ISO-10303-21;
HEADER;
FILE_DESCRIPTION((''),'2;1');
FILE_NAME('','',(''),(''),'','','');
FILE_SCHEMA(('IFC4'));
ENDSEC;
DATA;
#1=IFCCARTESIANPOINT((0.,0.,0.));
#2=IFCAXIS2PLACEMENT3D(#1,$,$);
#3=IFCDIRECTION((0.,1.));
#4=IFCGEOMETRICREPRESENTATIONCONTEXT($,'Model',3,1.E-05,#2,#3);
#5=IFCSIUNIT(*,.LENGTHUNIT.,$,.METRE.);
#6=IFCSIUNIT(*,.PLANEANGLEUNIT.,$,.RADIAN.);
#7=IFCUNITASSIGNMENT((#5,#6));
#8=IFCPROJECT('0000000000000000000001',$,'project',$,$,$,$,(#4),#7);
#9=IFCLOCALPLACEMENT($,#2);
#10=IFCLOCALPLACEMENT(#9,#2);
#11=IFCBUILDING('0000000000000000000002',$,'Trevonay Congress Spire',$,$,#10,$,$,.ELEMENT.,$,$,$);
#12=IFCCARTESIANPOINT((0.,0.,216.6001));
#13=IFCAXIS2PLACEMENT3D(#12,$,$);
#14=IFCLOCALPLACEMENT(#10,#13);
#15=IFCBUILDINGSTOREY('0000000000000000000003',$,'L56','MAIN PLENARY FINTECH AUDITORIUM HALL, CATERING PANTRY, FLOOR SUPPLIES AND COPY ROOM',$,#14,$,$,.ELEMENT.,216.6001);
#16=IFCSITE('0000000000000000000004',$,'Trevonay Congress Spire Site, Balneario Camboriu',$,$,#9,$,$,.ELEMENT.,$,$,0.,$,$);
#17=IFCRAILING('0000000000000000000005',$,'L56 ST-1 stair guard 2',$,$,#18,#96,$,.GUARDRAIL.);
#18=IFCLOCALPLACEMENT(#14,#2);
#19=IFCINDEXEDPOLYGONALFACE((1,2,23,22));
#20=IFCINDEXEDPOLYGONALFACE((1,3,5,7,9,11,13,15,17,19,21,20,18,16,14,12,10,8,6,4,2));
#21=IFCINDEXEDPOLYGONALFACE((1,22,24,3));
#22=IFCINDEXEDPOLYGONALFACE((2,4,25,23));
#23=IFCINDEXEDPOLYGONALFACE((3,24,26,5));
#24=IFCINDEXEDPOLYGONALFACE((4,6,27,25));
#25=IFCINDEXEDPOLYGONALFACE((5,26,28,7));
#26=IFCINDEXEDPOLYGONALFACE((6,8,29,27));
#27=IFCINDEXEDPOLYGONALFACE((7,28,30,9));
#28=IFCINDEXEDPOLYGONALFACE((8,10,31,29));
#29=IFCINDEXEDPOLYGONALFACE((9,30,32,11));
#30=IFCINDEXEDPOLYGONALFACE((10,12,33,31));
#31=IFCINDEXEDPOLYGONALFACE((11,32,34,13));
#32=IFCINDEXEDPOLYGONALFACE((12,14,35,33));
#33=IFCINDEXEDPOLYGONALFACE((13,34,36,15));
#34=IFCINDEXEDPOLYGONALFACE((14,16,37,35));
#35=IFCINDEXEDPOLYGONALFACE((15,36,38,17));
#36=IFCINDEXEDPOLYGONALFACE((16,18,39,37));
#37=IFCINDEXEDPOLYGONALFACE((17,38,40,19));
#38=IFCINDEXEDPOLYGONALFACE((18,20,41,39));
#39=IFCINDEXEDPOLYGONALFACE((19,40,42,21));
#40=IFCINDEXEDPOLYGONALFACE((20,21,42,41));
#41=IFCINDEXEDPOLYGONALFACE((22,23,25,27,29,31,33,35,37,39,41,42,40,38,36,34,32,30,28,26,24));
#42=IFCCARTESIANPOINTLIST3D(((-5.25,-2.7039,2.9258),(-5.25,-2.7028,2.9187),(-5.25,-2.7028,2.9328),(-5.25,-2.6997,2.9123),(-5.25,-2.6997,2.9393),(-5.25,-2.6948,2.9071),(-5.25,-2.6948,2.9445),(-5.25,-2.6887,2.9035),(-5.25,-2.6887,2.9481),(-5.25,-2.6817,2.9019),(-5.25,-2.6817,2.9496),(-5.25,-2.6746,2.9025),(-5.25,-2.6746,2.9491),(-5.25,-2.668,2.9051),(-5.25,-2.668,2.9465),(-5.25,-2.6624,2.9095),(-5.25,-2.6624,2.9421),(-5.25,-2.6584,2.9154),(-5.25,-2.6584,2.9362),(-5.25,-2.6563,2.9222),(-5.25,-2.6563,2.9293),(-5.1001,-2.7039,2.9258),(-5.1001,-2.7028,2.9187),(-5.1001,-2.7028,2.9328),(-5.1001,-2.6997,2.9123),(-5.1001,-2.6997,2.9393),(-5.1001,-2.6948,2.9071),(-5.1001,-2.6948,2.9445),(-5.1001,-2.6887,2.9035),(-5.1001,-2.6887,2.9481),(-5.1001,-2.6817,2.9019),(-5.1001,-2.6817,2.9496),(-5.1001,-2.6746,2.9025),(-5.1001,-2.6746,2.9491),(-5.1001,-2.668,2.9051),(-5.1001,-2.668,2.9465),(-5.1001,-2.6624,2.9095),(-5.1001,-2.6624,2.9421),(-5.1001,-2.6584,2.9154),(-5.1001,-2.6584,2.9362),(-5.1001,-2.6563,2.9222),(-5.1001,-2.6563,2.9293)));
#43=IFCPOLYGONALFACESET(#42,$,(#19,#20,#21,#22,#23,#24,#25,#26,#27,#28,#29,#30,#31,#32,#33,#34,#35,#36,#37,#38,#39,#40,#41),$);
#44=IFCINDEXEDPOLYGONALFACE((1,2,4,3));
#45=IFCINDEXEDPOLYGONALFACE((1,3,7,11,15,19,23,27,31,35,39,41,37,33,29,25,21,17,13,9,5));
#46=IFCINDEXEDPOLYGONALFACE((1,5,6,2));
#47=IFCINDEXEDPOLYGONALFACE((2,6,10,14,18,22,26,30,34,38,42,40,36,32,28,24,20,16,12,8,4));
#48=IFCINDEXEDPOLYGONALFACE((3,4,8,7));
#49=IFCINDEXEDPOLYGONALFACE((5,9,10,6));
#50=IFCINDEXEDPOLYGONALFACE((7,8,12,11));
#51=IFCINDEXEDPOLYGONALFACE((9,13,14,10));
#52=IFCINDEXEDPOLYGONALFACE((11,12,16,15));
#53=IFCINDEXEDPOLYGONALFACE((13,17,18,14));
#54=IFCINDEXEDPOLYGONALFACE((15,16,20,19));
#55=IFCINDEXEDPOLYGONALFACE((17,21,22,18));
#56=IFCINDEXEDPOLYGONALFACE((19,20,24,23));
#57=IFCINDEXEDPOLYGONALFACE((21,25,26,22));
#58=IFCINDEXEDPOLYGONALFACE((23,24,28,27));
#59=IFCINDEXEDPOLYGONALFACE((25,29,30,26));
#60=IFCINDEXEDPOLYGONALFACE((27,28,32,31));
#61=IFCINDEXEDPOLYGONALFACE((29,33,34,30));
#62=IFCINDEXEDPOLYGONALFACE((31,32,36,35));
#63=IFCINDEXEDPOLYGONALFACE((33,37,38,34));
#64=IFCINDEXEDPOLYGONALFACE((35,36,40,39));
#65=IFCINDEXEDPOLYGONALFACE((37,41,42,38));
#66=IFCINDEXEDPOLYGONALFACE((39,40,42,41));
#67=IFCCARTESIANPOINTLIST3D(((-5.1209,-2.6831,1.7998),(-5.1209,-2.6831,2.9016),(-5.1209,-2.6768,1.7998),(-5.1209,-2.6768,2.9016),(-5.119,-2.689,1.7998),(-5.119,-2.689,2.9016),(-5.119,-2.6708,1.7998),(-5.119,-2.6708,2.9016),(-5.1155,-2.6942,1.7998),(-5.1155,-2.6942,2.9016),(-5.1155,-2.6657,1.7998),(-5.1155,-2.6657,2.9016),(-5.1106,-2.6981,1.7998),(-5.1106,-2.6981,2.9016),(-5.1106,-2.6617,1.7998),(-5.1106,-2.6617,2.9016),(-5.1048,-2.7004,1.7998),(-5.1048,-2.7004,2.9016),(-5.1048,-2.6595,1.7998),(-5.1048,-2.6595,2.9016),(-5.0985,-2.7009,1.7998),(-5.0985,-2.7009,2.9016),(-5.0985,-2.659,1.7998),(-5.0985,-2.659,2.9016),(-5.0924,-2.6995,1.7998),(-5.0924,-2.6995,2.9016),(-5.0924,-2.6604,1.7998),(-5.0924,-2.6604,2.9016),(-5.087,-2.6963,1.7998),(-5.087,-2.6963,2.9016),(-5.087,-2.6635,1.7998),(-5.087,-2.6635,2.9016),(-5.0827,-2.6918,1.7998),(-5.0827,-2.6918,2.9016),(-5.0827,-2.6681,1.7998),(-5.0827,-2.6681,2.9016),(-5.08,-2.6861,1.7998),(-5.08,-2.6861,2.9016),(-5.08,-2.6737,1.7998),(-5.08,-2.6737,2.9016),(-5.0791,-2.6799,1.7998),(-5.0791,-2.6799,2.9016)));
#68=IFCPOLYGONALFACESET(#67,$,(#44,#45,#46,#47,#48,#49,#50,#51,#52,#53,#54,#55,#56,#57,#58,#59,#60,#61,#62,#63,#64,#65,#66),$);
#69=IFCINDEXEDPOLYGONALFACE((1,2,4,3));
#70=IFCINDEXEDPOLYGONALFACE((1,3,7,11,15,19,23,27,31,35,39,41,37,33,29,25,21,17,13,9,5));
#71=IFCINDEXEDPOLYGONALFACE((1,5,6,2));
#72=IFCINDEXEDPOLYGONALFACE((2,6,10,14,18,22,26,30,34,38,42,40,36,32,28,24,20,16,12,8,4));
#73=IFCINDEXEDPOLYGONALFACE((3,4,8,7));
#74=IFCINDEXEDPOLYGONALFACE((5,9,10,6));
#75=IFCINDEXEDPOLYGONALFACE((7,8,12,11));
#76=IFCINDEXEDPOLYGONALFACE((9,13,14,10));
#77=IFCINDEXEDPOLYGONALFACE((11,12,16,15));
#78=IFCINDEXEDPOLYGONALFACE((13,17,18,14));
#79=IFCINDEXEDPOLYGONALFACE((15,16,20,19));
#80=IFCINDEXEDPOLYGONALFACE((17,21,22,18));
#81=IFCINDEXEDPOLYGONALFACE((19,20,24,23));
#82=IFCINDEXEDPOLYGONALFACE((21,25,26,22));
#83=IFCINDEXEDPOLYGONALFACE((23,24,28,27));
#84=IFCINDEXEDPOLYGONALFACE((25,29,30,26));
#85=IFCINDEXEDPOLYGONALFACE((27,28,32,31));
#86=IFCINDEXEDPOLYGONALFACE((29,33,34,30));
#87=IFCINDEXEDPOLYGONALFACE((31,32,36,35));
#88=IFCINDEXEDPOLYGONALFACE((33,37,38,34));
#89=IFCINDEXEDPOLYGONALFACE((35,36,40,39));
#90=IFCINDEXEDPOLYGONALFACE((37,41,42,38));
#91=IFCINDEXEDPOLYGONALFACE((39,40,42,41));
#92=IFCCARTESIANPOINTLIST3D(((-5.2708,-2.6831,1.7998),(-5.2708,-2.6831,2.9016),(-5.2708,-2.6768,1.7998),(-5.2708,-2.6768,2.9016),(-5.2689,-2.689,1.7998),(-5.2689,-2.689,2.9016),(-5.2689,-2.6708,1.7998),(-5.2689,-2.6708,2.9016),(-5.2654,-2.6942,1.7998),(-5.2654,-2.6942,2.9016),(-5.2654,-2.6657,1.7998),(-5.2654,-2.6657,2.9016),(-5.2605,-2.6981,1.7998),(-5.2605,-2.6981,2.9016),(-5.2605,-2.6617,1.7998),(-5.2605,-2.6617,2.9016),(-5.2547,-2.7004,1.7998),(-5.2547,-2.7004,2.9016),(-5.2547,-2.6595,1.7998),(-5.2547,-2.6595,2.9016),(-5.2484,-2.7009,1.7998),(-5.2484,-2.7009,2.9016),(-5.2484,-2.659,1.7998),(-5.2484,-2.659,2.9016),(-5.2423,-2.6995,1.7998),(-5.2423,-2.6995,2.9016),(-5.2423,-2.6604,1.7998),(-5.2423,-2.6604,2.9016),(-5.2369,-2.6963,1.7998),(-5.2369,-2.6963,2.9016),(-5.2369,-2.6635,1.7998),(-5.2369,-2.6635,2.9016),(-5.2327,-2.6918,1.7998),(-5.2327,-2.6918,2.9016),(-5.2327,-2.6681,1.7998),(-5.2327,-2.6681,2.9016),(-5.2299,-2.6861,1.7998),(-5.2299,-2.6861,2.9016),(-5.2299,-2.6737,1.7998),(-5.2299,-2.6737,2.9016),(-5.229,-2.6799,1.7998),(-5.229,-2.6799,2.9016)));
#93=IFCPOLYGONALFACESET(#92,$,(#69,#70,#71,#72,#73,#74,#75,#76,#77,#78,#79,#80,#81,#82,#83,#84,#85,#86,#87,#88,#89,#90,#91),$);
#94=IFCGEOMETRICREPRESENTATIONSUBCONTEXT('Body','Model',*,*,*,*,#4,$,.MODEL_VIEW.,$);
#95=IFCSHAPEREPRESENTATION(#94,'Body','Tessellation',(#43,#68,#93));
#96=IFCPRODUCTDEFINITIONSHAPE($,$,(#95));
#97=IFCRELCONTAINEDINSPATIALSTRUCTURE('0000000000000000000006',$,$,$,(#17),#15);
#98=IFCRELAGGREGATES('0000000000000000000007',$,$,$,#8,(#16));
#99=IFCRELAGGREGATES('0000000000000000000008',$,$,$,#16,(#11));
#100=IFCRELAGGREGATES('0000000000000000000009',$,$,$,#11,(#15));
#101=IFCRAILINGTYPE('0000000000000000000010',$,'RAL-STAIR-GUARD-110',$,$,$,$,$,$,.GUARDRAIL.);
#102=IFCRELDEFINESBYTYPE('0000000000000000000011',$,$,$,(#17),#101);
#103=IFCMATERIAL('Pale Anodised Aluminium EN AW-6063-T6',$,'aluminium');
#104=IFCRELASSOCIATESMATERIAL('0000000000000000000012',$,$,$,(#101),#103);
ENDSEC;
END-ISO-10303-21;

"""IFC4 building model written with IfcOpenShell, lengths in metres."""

from ifc_helpers import new_model, si_unit, direction, frame, origin, origin_2d, place, context, subcontext, project, spatial, circle, extrude, material, type_object, element, save


model = new_model("IFC4")

# Units and contexts
model_context = context("Model", 3, precision=1e-05, world=origin(), true_north=direction((0.0, 1.0)))
body_context = subcontext(model_context, "Body", "Model", "MODEL_VIEW")
ifc_project = project(units=[si_unit("LENGTHUNIT", "METRE"), si_unit("PLANEANGLEUNIT", "RADIAN")], contexts=[model_context])

# Site, building, storey
site_placement = place(None, origin())
site = spatial("IfcSite", under=ifc_project, at=site_placement, Name="Trevonay Congress Spire Site, Balneario Camboriu", CompositionType="ELEMENT", RefElevation=0.0)
building_placement = place(site_placement, origin())
building = spatial("IfcBuilding", under=site, at=building_placement, Name="Trevonay Congress Spire", CompositionType="ELEMENT")
storey_placement = place(building_placement, frame((0.0, 0.0, 216.6001)))
storey = spatial("IfcBuildingStorey", under=building, at=storey_placement, Name="L56", Description="MAIN PLENARY FINTECH AUDITORIUM HALL, CATERING PANTRY, FLOOR SUPPLIES AND COPY ROOM", CompositionType="ELEMENT", Elevation=216.6001)

# Shared definitions
ifc_material_1 = material(Name="Pale Anodised Aluminium EN AW-6063-T6", Category="aluminium")

# Railing
railing_type_1 = type_object("IfcRailingType", Name="RAL-STAIR-GUARD-110", PredefinedType="GUARDRAIL", material=ifc_material_1)
railing_1_placement = place(storey_placement, frame((-5.1001, -2.6799, 1.7998)))
element("IfcRailing", 1, at=railing_1_placement, inside=storey, type_object=railing_type_1, Name="L56 ST-1 stair guard 2", PredefinedType="GUARDRAIL", context=body_context, shape_type="SweptSolid", body=[
    extrude(circle(Radius=0.0239, at=origin_2d()), frame((0.0, 0.0, 1.126), z_axis=(-1.0, 0.0, 0.0), x_axis=(0.0, -1.0, 0.0)), (0.0, 0.0, 1.0), 0.1499),
    extrude(circle(Radius=0.021, at=origin_2d()), origin(), (0.0, 0.0, 1.0), 1.1018),
    extrude(circle(Radius=0.021, at=origin_2d()), frame((-0.1499, 0.0, 0.0)), (0.0, 0.0, 1.0), 1.1018),
])

save(model, "model.ifc")
